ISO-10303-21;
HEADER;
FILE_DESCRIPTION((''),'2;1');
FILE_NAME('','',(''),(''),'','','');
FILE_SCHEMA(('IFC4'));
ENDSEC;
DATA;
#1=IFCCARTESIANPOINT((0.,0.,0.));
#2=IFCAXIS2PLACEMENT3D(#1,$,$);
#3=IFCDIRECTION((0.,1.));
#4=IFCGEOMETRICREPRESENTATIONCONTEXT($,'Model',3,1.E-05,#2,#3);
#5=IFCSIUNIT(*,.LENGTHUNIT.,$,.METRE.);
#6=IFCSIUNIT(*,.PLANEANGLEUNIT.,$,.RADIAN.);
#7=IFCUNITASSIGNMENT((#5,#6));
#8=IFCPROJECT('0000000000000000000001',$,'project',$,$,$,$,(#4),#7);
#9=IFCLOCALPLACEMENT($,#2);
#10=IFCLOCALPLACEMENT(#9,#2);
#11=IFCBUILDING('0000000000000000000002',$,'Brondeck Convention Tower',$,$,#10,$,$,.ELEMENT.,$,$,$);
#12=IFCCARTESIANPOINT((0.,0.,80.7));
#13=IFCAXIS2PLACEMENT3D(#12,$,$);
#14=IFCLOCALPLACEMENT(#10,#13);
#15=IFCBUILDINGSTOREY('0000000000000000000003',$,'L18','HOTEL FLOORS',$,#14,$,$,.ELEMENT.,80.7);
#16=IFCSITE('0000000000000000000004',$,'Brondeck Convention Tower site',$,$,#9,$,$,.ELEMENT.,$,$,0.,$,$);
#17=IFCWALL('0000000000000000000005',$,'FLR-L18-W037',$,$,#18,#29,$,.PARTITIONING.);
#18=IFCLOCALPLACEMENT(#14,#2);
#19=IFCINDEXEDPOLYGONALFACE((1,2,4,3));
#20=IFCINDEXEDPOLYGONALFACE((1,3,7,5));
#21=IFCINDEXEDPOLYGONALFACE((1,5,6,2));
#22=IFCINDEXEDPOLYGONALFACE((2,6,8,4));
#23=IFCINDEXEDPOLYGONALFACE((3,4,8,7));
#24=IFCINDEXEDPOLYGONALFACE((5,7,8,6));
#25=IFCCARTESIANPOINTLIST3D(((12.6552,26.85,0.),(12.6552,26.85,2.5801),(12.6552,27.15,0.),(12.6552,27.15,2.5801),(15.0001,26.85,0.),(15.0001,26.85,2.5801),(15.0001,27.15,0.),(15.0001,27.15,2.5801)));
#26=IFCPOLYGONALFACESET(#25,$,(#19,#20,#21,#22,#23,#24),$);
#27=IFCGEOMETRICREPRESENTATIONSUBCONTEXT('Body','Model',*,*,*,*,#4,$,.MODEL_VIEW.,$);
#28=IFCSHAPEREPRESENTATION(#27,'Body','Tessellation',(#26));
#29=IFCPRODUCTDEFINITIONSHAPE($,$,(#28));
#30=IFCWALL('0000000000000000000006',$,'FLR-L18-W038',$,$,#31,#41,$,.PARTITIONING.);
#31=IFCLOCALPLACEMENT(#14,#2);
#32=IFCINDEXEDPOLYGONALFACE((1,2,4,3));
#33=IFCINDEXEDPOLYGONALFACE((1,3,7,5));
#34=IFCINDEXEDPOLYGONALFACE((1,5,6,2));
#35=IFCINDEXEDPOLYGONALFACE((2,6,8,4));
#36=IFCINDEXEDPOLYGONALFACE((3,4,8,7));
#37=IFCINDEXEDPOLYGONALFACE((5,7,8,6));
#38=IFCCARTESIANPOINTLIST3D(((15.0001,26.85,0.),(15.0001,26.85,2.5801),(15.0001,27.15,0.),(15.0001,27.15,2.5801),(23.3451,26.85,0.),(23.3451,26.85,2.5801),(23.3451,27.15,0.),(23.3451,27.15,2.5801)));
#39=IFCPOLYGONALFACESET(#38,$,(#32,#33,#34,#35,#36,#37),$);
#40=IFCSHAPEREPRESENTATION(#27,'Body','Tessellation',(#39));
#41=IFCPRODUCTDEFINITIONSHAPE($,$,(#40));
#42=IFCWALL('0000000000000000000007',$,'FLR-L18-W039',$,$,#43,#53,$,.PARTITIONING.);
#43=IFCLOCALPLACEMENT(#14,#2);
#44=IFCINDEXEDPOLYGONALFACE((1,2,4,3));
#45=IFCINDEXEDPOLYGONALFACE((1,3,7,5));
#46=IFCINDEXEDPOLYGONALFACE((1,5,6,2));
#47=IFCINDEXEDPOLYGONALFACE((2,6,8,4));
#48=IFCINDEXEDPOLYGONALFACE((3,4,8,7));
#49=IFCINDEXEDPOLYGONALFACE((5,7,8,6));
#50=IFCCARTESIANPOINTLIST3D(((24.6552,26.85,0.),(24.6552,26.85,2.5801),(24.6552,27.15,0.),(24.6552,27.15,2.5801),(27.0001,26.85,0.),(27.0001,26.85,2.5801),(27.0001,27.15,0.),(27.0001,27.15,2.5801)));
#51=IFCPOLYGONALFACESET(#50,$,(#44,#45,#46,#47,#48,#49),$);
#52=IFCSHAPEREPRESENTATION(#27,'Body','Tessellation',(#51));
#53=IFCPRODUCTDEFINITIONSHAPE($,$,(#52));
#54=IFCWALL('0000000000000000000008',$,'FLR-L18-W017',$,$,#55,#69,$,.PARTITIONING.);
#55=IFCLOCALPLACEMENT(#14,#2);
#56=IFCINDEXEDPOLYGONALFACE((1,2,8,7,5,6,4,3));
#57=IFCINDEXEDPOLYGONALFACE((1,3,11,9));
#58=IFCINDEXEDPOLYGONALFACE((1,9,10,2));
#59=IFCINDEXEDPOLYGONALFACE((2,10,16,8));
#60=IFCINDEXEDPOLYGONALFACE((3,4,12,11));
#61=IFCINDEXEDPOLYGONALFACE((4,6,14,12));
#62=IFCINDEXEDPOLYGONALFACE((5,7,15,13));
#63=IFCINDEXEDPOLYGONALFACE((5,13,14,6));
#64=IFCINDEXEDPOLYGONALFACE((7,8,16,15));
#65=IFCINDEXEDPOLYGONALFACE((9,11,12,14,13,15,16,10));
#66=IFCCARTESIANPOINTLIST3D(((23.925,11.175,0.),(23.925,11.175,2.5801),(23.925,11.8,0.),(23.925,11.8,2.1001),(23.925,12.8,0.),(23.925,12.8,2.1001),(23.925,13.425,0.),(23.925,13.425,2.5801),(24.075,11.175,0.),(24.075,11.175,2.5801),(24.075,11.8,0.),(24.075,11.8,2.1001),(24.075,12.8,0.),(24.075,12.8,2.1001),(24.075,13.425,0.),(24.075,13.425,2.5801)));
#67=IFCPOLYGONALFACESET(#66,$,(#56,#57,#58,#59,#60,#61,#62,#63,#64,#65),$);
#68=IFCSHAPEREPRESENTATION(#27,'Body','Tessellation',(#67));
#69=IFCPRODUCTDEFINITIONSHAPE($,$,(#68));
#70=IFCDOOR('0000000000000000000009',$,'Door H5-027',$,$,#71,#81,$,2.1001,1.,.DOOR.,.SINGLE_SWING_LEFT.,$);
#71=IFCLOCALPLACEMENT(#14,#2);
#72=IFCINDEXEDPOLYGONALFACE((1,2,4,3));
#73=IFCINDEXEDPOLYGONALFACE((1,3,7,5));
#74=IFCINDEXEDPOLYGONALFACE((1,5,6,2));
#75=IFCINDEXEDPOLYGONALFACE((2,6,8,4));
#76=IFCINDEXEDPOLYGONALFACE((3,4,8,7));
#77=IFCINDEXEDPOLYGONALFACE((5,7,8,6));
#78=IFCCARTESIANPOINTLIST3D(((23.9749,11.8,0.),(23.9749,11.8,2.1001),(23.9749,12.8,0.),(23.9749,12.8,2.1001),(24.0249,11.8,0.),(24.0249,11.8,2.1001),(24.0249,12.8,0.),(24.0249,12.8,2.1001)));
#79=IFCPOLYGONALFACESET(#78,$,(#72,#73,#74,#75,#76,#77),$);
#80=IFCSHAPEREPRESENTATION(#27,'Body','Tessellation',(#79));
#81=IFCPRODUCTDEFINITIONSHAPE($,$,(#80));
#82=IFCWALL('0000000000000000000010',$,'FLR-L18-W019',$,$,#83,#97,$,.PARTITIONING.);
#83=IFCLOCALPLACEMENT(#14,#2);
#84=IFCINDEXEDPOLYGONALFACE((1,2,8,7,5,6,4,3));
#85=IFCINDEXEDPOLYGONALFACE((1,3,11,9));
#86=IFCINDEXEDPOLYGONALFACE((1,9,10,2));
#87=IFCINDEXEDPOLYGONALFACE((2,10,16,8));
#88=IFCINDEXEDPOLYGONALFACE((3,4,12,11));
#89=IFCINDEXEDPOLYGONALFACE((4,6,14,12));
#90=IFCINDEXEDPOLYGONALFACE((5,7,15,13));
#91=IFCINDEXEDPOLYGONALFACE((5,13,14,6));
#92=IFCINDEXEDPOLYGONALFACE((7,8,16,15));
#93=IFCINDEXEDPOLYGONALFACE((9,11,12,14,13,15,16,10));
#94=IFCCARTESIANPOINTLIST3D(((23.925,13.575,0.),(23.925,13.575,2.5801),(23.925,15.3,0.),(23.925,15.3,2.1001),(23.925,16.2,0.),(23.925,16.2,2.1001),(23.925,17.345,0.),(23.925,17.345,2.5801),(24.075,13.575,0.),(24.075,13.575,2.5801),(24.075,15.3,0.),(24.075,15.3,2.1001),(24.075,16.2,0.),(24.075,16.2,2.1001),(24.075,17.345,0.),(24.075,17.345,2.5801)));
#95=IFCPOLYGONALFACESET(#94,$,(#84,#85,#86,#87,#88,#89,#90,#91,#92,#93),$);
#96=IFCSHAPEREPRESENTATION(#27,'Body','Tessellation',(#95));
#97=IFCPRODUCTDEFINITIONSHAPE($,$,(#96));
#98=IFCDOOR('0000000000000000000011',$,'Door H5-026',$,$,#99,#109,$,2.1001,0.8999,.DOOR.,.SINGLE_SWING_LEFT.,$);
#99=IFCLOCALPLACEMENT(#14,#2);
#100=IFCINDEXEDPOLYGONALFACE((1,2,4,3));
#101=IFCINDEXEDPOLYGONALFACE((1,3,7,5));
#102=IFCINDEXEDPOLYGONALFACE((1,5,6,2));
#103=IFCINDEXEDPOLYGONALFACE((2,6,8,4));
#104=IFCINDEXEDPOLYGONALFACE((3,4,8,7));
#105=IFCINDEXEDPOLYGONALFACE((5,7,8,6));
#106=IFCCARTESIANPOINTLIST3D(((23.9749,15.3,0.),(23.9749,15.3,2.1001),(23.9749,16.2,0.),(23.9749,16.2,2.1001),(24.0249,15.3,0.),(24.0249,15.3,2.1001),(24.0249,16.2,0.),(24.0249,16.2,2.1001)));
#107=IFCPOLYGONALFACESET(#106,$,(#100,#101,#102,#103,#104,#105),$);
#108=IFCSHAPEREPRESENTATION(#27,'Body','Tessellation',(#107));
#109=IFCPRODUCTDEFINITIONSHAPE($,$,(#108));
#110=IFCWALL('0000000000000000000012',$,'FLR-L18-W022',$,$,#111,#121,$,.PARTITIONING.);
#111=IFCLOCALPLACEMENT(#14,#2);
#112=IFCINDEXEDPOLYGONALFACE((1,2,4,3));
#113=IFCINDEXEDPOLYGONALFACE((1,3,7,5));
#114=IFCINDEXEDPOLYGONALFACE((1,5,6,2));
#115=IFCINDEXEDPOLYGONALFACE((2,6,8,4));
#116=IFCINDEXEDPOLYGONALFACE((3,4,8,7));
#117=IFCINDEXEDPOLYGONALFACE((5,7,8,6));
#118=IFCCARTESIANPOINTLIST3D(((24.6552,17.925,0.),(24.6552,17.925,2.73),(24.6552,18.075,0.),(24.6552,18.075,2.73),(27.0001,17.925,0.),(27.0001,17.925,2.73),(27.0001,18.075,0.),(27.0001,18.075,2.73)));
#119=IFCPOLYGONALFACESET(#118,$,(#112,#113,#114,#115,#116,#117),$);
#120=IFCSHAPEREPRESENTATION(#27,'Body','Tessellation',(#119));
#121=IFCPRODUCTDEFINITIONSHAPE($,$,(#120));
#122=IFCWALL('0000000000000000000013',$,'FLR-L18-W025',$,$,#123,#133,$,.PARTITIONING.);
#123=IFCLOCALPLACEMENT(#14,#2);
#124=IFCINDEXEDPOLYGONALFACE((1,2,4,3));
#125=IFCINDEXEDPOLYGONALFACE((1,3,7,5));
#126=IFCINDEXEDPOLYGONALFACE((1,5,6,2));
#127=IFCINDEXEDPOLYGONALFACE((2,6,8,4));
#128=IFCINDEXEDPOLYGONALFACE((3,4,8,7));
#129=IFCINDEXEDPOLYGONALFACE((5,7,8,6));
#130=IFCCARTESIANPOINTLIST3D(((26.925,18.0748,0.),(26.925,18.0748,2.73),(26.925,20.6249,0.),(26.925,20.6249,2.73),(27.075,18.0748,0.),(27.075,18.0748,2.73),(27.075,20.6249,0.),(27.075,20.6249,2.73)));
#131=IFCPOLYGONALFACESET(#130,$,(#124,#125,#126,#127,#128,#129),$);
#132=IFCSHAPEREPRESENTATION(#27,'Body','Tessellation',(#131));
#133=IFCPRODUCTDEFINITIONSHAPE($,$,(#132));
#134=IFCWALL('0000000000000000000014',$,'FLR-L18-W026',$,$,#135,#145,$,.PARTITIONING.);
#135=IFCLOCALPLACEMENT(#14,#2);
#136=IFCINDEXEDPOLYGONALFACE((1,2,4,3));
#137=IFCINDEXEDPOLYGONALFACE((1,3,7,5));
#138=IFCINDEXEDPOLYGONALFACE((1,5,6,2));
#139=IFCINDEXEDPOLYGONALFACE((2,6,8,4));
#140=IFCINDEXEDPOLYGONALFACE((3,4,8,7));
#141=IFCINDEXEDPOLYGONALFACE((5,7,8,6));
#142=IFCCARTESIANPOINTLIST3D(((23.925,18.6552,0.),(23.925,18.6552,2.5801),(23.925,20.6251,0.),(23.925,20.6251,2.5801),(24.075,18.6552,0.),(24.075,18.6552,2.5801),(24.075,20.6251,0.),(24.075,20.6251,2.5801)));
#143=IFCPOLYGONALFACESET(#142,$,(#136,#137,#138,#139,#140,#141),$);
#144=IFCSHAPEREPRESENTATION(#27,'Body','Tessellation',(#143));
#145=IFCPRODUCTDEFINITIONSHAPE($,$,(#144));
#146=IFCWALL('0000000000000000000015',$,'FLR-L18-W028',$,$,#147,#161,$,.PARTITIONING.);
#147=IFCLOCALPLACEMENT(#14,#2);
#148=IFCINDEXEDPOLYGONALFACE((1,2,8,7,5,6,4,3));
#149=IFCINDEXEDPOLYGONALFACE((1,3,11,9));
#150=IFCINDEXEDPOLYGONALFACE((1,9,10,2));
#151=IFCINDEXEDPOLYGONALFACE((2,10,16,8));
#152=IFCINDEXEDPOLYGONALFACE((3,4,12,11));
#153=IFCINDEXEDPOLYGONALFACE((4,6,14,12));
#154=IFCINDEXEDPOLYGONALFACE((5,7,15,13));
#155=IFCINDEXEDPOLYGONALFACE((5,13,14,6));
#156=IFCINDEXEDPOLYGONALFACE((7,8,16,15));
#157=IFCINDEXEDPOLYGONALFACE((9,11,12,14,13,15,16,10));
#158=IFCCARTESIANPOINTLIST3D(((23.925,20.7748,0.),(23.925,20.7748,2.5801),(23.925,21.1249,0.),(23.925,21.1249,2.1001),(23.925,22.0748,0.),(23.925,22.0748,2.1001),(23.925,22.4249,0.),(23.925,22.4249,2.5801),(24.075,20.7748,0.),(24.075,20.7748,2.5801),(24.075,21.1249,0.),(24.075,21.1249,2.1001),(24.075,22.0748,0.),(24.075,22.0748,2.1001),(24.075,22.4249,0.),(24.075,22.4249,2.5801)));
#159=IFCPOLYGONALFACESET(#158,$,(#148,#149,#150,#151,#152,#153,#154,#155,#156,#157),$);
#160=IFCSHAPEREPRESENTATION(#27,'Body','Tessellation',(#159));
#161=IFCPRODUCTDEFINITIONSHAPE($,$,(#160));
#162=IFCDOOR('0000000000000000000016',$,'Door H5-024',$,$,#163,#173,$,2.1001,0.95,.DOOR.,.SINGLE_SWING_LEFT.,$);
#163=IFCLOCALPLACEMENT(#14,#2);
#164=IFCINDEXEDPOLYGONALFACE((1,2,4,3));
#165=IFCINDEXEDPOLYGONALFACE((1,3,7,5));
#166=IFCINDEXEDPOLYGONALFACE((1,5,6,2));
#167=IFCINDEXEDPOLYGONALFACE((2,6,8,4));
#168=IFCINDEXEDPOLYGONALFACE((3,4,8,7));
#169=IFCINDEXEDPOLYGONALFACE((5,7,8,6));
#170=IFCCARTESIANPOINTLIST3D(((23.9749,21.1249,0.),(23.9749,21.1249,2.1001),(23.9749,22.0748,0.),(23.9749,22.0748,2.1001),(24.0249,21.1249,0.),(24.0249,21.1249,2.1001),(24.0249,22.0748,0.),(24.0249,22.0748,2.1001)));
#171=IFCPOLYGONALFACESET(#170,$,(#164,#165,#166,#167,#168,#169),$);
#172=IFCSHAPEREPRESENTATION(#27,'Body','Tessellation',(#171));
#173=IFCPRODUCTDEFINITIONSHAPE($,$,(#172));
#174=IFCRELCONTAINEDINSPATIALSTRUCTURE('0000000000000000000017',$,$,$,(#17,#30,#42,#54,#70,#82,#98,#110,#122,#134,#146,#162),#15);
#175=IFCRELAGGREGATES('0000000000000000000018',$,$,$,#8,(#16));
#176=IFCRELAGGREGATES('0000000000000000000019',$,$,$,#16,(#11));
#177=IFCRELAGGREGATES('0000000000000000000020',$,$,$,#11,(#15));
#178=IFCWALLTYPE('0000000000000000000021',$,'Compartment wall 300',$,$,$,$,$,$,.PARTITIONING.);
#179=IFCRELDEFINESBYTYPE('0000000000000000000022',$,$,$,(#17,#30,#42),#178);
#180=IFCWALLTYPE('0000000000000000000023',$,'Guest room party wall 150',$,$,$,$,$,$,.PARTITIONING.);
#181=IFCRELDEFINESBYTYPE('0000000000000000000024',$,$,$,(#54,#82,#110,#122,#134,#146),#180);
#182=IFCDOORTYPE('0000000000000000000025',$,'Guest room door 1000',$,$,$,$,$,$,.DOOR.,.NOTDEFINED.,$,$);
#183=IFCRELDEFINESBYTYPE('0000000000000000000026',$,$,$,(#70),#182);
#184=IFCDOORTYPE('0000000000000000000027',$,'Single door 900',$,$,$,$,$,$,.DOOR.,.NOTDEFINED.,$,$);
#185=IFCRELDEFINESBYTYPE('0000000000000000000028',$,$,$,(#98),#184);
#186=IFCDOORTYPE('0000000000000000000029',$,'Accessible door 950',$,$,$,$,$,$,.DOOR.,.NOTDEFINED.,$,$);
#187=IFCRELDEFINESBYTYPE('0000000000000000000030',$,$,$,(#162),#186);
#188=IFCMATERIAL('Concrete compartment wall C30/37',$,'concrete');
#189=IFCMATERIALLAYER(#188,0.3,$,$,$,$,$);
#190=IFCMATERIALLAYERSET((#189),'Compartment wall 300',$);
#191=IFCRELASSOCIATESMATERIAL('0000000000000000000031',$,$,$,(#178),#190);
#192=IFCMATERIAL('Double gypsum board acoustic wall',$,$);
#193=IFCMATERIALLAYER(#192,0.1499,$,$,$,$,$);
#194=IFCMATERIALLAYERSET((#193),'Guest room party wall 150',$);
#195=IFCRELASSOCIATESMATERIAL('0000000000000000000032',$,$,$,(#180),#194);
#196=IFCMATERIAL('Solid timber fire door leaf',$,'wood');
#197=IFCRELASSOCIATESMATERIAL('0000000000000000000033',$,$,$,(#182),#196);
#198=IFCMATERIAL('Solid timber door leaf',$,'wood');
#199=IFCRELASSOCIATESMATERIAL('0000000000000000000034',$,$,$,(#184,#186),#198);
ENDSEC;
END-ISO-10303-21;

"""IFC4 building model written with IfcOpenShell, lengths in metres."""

from ifc_helpers import new_model, si_unit, direction, frame, frame_2d, origin, place, context, subcontext, project, spatial, rectangle, extrude, material, layer, layer_set, type_object, element, fill, save


model = new_model("IFC4")

# Units and contexts
model_context = context("Model", 3, precision=1e-05, world=origin(), true_north=direction((0.0, 1.0)))
body_context = subcontext(model_context, "Body", "Model", "MODEL_VIEW")
ifc_project = project(units=[si_unit("LENGTHUNIT", "METRE"), si_unit("PLANEANGLEUNIT", "RADIAN")], contexts=[model_context])

# Site, building, storey
site_placement = place(None, origin())
site = spatial("IfcSite", under=ifc_project, at=site_placement, Name="Brondeck Convention Tower site", CompositionType="ELEMENT", RefElevation=0.0)
building_placement = place(site_placement, origin())
building = spatial("IfcBuilding", under=site, at=building_placement, Name="Brondeck Convention Tower", CompositionType="ELEMENT")
storey_placement = place(building_placement, frame((0.0, 0.0, 80.7)))
storey = spatial("IfcBuildingStorey", under=building, at=storey_placement, Name="L18", Description="HOTEL FLOORS", CompositionType="ELEMENT", Elevation=80.7)

# Walls
ifc_material_1 = material(Name="Concrete compartment wall C30/37", Category="concrete")
ifc_layer_1 = layer(ifc_material_1, 0.3)
ifc_layer_set_1 = layer_set([ifc_layer_1], Name="Compartment wall 300")
wall_type_1 = type_object("IfcWallType", Name="Compartment wall 300", PredefinedType="PARTITIONING", material=ifc_layer_set_1)
wall_1_placement = place(storey_placement, frame((15.0, 27.0, 0.0), z_axis=(0.0, 0.0, 1.0), x_axis=(-1.0, 0.0, 0.0)))
element("IfcWall", 1, at=wall_1_placement, inside=storey, type_object=wall_type_1, Name="FLR-L18-W037", PredefinedType="PARTITIONING", context=body_context, shape_type="SweptSolid", body=[
    extrude(rectangle(XDim=2.345, YDim=0.3, at=frame_2d((1.1724, 0.0))), origin(), (0.0, 0.0, 1.0), 2.5801),
])
wall_2_placement = place(storey_placement, frame((23.345, 27.0, 0.0), z_axis=(0.0, 0.0, 1.0), x_axis=(-1.0, 0.0, 0.0)))
element("IfcWall", 2, at=wall_2_placement, inside=storey, type_object=wall_type_1, Name="FLR-L18-W038", PredefinedType="PARTITIONING", context=body_context, shape_type="SweptSolid", body=[
    extrude(rectangle(XDim=8.345, YDim=0.3, at=frame_2d((4.1724, 0.0))), origin(), (0.0, 0.0, 1.0), 2.5801),
])
wall_3_placement = place(storey_placement, frame((27.0, 27.0, 0.0), z_axis=(0.0, 0.0, 1.0), x_axis=(-1.0, 0.0, 0.0)))
element("IfcWall", 3, at=wall_3_placement, inside=storey, type_object=wall_type_1, Name="FLR-L18-W039", PredefinedType="PARTITIONING", context=body_context, shape_type="SweptSolid", body=[
    extrude(rectangle(XDim=2.345, YDim=0.3, at=frame_2d((1.1724, 0.0))), origin(), (0.0, 0.0, 1.0), 2.5801),
])

# Walls, openings, doors
ifc_material_2 = material(Name="Double gypsum board acoustic wall")
ifc_layer_2 = layer(ifc_material_2, 0.1499)
ifc_layer_set_2 = layer_set([ifc_layer_2], Name="Guest room party wall 150")
wall_type_2 = type_object("IfcWallType", Name="Guest room party wall 150", PredefinedType="PARTITIONING", material=ifc_layer_set_2)
wall_4_placement = place(storey_placement, frame((24.0, 13.425, 0.0), z_axis=(0.0, 0.0, 1.0), x_axis=(0.0, -1.0, 0.0)))
wall_4 = element("IfcWall", 4, at=wall_4_placement, inside=storey, type_object=wall_type_2, Name="FLR-L18-W017", PredefinedType="PARTITIONING", context=body_context, shape_type="SweptSolid", body=[
    extrude(rectangle(XDim=2.25, YDim=0.1499, at=frame_2d((1.125, 0.0))), origin(), (0.0, 0.0, 1.0), 2.5801),
])
opening_1_placement = place(wall_4_placement, frame((0.625, 0.0, 0.0)))
opening_1 = element("IfcOpeningElement", 5, at=opening_1_placement, cuts=wall_4, PredefinedType="OPENING", context=body_context, shape_type="SweptSolid", body=[
    extrude(rectangle(XDim=1.0, YDim=2.1001, at=frame_2d((0.5, 1.05))), frame((0.0, 0.085, 0.0), z_axis=(0.0, -1.0, 0.0), x_axis=(1.0, 0.0, 0.0)), (0.0, 0.0, 1.0), 0.1699),
])
ifc_material_3 = material(Name="Solid timber fire door leaf", Category="wood")
door_type_1 = type_object("IfcDoorType", Name="Guest room door 1000", OperationType="NOTDEFINED", PredefinedType="DOOR", material=ifc_material_3)
door_1_placement = place(opening_1_placement, origin())
door_1 = element("IfcDoor", 6, at=door_1_placement, inside=storey, type_object=door_type_1, Name="Door H5-027", OperationType="SINGLE_SWING_LEFT", OverallHeight=2.1001, OverallWidth=1.0, PredefinedType="DOOR", context=body_context, shape_type="SweptSolid", body=[
    extrude(rectangle(XDim=1.0, YDim=2.1001, at=frame_2d((0.5, 1.05))), frame((0.0, 0.0249, 0.0), z_axis=(0.0, -1.0, 0.0), x_axis=(1.0, 0.0, 0.0)), (0.0, 0.0, 1.0), 0.05),
])
fill(opening_1, door_1)
wall_5_placement = place(storey_placement, frame((24.0, 17.345, 0.0), z_axis=(0.0, 0.0, 1.0), x_axis=(0.0, -1.0, 0.0)))
wall_5 = element("IfcWall", 7, at=wall_5_placement, inside=storey, type_object=wall_type_2, Name="FLR-L18-W019", PredefinedType="PARTITIONING", context=body_context, shape_type="SweptSolid", body=[
    extrude(rectangle(XDim=3.77, YDim=0.1499, at=frame_2d((1.885, 0.0))), origin(), (0.0, 0.0, 1.0), 2.5801),
])
opening_2_placement = place(wall_5_placement, frame((1.145, 0.0, 0.0)))
opening_2 = element("IfcOpeningElement", 8, at=opening_2_placement, cuts=wall_5, PredefinedType="OPENING", context=body_context, shape_type="SweptSolid", body=[
    extrude(rectangle(XDim=0.8999, YDim=2.1001, at=frame_2d((0.45, 1.05))), frame((0.0, 0.085, 0.0), z_axis=(0.0, -1.0, 0.0), x_axis=(1.0, 0.0, 0.0)), (0.0, 0.0, 1.0), 0.1699),
])
ifc_material_4 = material(Name="Solid timber door leaf", Category="wood")
door_type_2 = type_object("IfcDoorType", Name="Single door 900", OperationType="NOTDEFINED", PredefinedType="DOOR", material=ifc_material_4)
door_2_placement = place(opening_2_placement, origin())
door_2 = element("IfcDoor", 9, at=door_2_placement, inside=storey, type_object=door_type_2, Name="Door H5-026", OperationType="SINGLE_SWING_LEFT", OverallHeight=2.1001, OverallWidth=0.8999, PredefinedType="DOOR", context=body_context, shape_type="SweptSolid", body=[
    extrude(rectangle(XDim=0.8999, YDim=2.1001, at=frame_2d((0.45, 1.05))), frame((0.0, 0.0249, 0.0), z_axis=(0.0, -1.0, 0.0), x_axis=(1.0, 0.0, 0.0)), (0.0, 0.0, 1.0), 0.05),
])
fill(opening_2, door_2)

# Walls
wall_6_placement = place(storey_placement, frame((27.0, 18.0, 0.0), z_axis=(0.0, 0.0, 1.0), x_axis=(-1.0, 0.0, 0.0)))
element("IfcWall", 10, at=wall_6_placement, inside=storey, type_object=wall_type_2, Name="FLR-L18-W022", PredefinedType="PARTITIONING", context=body_context, shape_type="SweptSolid", body=[
    extrude(rectangle(XDim=2.345, YDim=0.1499, at=frame_2d((1.1724, 0.0))), origin(), (0.0, 0.0, 1.0), 2.73),
])
wall_7_placement = place(storey_placement, frame((27.0, 18.075, 0.0), z_axis=(0.0, 0.0, 1.0), x_axis=(0.0, 1.0, 0.0)))
element("IfcWall", 11, at=wall_7_placement, inside=storey, type_object=wall_type_2, Name="FLR-L18-W025", PredefinedType="PARTITIONING", context=body_context, shape_type="SweptSolid", body=[
    extrude(rectangle(XDim=2.55, YDim=0.1499, at=frame_2d((1.2749, 0.0))), origin(), (0.0, 0.0, 1.0), 2.73),
])
wall_8_placement = place(storey_placement, frame((24.0, 20.625, 0.0), z_axis=(0.0, 0.0, 1.0), x_axis=(0.0, -1.0, 0.0)))
element("IfcWall", 12, at=wall_8_placement, inside=storey, type_object=wall_type_2, Name="FLR-L18-W026", PredefinedType="PARTITIONING", context=body_context, shape_type="SweptSolid", body=[
    extrude(rectangle(XDim=1.97, YDim=0.1499, at=frame_2d((0.9849, 0.0))), origin(), (0.0, 0.0, 1.0), 2.5801),
])

# Wall, opening, door
wall_9_placement = place(storey_placement, frame((24.0, 22.425, 0.0), z_axis=(0.0, 0.0, 1.0), x_axis=(0.0, -1.0, 0.0)))
wall_9 = element("IfcWall", 13, at=wall_9_placement, inside=storey, type_object=wall_type_2, Name="FLR-L18-W028", PredefinedType="PARTITIONING", context=body_context, shape_type="SweptSolid", body=[
    extrude(rectangle(XDim=1.6501, YDim=0.1499, at=frame_2d((0.8252, 0.0))), origin(), (0.0, 0.0, 1.0), 2.5801),
])
opening_3_placement = place(wall_9_placement, frame((0.3501, 0.0, 0.0)))
opening_3 = element("IfcOpeningElement", 14, at=opening_3_placement, cuts=wall_9, PredefinedType="OPENING", context=body_context, shape_type="SweptSolid", body=[
    extrude(rectangle(XDim=0.95, YDim=2.1001, at=frame_2d((0.4751, 1.05))), frame((0.0, 0.085, 0.0), z_axis=(0.0, -1.0, 0.0), x_axis=(1.0, 0.0, 0.0)), (0.0, 0.0, 1.0), 0.1699),
])
door_type_3 = type_object("IfcDoorType", Name="Accessible door 950", OperationType="NOTDEFINED", PredefinedType="DOOR", material=ifc_material_4)
door_3_placement = place(opening_3_placement, origin())
door_3 = element("IfcDoor", 15, at=door_3_placement, inside=storey, type_object=door_type_3, Name="Door H5-024", OperationType="SINGLE_SWING_LEFT", OverallHeight=2.1001, OverallWidth=0.95, PredefinedType="DOOR", context=body_context, shape_type="SweptSolid", body=[
    extrude(rectangle(XDim=0.95, YDim=2.1001, at=frame_2d((0.4751, 1.05))), frame((0.0, 0.0249, 0.0), z_axis=(0.0, -1.0, 0.0), x_axis=(1.0, 0.0, 0.0)), (0.0, 0.0, 1.0), 0.05),
])
fill(opening_3, door_3)

save(model, "model.ifc")
